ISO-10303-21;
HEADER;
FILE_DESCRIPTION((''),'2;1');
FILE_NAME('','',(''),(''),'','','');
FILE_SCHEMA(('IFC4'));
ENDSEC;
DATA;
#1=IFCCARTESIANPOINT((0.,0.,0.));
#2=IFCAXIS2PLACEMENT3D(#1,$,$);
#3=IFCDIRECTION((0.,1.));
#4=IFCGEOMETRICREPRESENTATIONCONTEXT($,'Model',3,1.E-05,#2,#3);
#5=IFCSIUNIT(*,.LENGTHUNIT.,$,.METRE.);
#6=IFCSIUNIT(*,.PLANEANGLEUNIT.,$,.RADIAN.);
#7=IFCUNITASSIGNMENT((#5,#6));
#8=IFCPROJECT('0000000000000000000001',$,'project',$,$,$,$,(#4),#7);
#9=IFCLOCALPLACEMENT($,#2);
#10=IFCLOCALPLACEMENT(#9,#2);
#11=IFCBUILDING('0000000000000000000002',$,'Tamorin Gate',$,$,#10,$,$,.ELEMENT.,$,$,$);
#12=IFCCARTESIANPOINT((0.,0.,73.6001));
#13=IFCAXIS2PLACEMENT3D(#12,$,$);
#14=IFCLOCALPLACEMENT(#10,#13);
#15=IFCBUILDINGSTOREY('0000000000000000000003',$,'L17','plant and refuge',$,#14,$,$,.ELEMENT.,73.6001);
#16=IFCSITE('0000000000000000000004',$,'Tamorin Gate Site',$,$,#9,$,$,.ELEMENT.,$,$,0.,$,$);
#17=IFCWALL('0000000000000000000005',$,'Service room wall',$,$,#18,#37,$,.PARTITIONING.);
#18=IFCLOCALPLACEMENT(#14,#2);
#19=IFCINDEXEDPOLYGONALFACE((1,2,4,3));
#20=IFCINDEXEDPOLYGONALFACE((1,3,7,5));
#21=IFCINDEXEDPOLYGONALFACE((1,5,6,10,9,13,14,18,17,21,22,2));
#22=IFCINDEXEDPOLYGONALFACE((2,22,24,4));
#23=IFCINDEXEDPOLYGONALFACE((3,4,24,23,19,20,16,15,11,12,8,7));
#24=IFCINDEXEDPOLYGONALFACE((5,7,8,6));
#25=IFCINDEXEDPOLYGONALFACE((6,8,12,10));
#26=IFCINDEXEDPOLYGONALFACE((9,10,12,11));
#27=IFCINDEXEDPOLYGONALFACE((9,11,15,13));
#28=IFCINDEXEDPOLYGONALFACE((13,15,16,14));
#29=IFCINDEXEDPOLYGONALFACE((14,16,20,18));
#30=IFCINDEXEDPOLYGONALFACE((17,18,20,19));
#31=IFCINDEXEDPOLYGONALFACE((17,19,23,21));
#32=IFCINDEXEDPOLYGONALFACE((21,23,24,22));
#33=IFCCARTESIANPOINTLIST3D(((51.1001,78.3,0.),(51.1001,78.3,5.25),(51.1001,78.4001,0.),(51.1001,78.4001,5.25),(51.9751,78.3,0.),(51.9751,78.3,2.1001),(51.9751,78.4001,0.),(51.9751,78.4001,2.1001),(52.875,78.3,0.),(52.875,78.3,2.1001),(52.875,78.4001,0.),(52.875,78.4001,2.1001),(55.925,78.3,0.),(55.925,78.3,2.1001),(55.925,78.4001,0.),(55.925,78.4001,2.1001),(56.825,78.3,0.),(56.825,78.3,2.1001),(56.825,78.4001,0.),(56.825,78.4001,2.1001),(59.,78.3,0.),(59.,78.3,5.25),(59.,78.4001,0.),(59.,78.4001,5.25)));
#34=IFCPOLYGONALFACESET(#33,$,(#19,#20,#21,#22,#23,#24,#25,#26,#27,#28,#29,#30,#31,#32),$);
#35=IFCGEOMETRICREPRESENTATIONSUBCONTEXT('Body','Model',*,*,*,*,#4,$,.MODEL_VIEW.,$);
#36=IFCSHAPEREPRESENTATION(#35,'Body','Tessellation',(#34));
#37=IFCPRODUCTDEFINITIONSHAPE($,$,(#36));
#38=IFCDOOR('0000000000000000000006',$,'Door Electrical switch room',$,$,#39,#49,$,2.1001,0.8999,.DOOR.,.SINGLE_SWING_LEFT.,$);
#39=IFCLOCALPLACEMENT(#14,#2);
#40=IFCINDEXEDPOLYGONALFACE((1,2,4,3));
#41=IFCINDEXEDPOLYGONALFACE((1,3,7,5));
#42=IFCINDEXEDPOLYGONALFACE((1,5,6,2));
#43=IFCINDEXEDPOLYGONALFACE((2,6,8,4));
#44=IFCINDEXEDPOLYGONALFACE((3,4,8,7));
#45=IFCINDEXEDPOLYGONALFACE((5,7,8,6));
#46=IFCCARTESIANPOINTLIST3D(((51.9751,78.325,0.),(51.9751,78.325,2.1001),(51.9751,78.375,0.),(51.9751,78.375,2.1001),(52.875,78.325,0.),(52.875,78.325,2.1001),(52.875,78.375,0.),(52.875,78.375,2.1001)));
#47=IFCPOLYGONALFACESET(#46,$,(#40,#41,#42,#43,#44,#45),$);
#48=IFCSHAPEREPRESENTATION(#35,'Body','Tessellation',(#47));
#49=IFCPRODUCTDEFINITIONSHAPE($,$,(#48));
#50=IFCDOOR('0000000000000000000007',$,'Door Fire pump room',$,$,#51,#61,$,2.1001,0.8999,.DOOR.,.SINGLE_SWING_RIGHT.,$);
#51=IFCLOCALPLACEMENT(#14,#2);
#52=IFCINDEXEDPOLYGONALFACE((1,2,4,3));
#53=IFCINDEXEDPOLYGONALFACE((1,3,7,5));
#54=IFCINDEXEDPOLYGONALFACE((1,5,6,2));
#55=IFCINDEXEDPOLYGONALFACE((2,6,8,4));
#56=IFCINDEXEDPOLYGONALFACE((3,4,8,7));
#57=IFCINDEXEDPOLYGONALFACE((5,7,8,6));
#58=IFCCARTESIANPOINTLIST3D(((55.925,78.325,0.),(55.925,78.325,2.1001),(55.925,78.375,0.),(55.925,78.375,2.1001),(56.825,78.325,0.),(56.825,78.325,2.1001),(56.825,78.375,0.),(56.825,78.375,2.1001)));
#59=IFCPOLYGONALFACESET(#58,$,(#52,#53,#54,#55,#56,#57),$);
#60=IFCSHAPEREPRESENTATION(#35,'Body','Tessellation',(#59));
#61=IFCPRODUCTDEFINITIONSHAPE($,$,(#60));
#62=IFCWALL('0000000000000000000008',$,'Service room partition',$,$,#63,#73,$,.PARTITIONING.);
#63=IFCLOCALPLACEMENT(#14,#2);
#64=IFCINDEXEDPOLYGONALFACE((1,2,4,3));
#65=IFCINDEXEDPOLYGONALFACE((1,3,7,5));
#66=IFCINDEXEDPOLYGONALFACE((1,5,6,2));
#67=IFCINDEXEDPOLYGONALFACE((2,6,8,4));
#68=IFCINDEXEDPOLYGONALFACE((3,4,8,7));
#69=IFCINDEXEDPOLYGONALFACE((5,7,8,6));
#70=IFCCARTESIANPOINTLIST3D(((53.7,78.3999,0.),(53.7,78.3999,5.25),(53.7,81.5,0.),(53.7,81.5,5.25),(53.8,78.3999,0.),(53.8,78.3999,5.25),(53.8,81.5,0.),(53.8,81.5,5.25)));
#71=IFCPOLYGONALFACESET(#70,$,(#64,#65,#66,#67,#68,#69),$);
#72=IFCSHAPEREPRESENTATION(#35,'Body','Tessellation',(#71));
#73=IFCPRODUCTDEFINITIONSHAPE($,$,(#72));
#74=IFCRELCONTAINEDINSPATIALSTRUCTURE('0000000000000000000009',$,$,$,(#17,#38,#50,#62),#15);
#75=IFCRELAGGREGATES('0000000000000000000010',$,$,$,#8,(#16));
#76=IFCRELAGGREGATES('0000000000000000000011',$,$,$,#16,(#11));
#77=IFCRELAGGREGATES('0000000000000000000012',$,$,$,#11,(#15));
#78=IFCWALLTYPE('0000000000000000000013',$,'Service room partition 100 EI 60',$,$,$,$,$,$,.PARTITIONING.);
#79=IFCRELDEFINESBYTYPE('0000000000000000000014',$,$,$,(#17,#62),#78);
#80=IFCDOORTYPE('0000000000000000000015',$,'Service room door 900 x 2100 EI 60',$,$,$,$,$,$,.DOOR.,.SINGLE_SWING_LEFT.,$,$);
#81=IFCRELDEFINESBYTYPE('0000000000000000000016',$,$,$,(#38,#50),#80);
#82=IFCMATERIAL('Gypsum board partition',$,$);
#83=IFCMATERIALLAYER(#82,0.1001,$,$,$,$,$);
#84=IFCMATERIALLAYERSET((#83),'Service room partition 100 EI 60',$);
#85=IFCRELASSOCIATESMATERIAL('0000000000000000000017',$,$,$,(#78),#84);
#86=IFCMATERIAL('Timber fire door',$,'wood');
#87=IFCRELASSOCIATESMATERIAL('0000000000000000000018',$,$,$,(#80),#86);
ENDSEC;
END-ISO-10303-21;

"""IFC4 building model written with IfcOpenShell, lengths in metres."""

from ifc_helpers import new_model, si_unit, direction, frame, frame_2d, origin, place, context, subcontext, project, spatial, rectangle, extrude, material, layer, layer_set, type_object, element, fill, save


model = new_model("IFC4")

# Units and contexts
model_context = context("Model", 3, precision=1e-05, world=origin(), true_north=direction((0.0, 1.0)))
body_context = subcontext(model_context, "Body", "Model", "MODEL_VIEW")
ifc_project = project(units=[si_unit("LENGTHUNIT", "METRE"), si_unit("PLANEANGLEUNIT", "RADIAN")], contexts=[model_context])

# Site, building, storey
site_placement = place(None, origin())
site = spatial("IfcSite", under=ifc_project, at=site_placement, Name="Tamorin Gate Site", CompositionType="ELEMENT", RefElevation=0.0)
building_placement = place(site_placement, origin())
building = spatial("IfcBuilding", under=site, at=building_placement, Name="Tamorin Gate", CompositionType="ELEMENT")
storey_placement = place(building_placement, frame((0.0, 0.0, 73.6001)))
storey = spatial("IfcBuildingStorey", under=building, at=storey_placement, Name="L17", Description="plant and refuge", CompositionType="ELEMENT", Elevation=73.6001)

# Shared definitions
ifc_material_1 = material(Name="Gypsum board partition")

# Wall, openings, doors
ifc_layer_1 = layer(ifc_material_1, 0.1001)
ifc_layer_set_1 = layer_set([ifc_layer_1], Name="Service room partition 100 EI 60")
wall_type_1 = type_object("IfcWallType", Name="Service room partition 100 EI 60", PredefinedType="PARTITIONING", material=ifc_layer_set_1)
wall_1_placement = place(storey_placement, frame((51.1001, 78.3501, 0.0), z_axis=(0.0, 0.0, 1.0), x_axis=(1.0, 0.0, 0.0)))
wall_1 = element("IfcWall", 1, at=wall_1_placement, inside=storey, type_object=wall_type_1, Name="Service room wall", PredefinedType="PARTITIONING", context=body_context, shape_type="SweptSolid", body=[
    extrude(rectangle(XDim=7.8999, YDim=0.1001, at=frame_2d((3.95, 0.0))), origin(), (0.0, 0.0, 1.0), 5.25),
])
opening_1_placement = place(wall_1_placement, frame((0.875, 0.0, 0.0)))
opening_1 = element("IfcOpeningElement", 2, at=opening_1_placement, cuts=wall_1, PredefinedType="OPENING", context=body_context, shape_type="SweptSolid", body=[
    extrude(rectangle(XDim=0.8999, YDim=2.1001, at=frame_2d((0.45, 1.05))), frame((0.0, 0.0601, 0.0), z_axis=(0.0, -1.0, 0.0), x_axis=(1.0, 0.0, 0.0)), (0.0, 0.0, 1.0), 0.1201),
])
opening_2_placement = place(wall_1_placement, frame((4.825, 0.0, 0.0)))
opening_2 = element("IfcOpeningElement", 3, at=opening_2_placement, cuts=wall_1, PredefinedType="OPENING", context=body_context, shape_type="SweptSolid", body=[
    extrude(rectangle(XDim=0.8999, YDim=2.1001, at=frame_2d((0.45, 1.05))), frame((0.0, 0.0601, 0.0), z_axis=(0.0, -1.0, 0.0), x_axis=(1.0, 0.0, 0.0)), (0.0, 0.0, 1.0), 0.1201),
])
ifc_material_2 = material(Name="Timber fire door", Category="wood")
door_type_1 = type_object("IfcDoorType", Name="Service room door 900 x 2100 EI 60", OperationType="SINGLE_SWING_LEFT", PredefinedType="DOOR", material=ifc_material_2)
door_1_placement = place(opening_1_placement, origin())
door_1 = element("IfcDoor", 4, at=door_1_placement, inside=storey, type_object=door_type_1, Name="Door Electrical switch room", OperationType="SINGLE_SWING_LEFT", OverallHeight=2.1001, OverallWidth=0.8999, PredefinedType="DOOR", context=body_context, shape_type="SweptSolid", body=[
    extrude(rectangle(XDim=0.8999, YDim=2.1001, at=frame_2d((0.45, 1.05))), frame((0.0, 0.0249, 0.0), z_axis=(0.0, -1.0, 0.0), x_axis=(1.0, 0.0, 0.0)), (0.0, 0.0, 1.0), 0.05),
])
fill(opening_1, door_1)
door_2_placement = place(opening_2_placement, origin())
door_2 = element("IfcDoor", 5, at=door_2_placement, inside=storey, type_object=door_type_1, Name="Door Fire pump room", OperationType="SINGLE_SWING_RIGHT", OverallHeight=2.1001, OverallWidth=0.8999, PredefinedType="DOOR", context=body_context, shape_type="SweptSolid", body=[
    extrude(rectangle(XDim=0.8999, YDim=2.1001, at=frame_2d((0.45, 1.05))), frame((0.0, 0.0249, 0.0), z_axis=(0.0, -1.0, 0.0), x_axis=(1.0, 0.0, 0.0)), (0.0, 0.0, 1.0), 0.05),
])
fill(opening_2, door_2)

# Wall
wall_2_placement = place(storey_placement, frame((53.75, 78.3999, 0.0), z_axis=(0.0, 0.0, 1.0), x_axis=(0.0, 1.0, 0.0)))
element("IfcWall", 6, at=wall_2_placement, inside=storey, type_object=wall_type_1, Name="Service room partition", PredefinedType="PARTITIONING", context=body_context, shape_type="SweptSolid", body=[
    extrude(rectangle(XDim=3.1001, YDim=0.1001, at=frame_2d((1.55, 0.0))), origin(), (0.0, 0.0, 1.0), 5.25),
])

save(model, "model.ifc")
